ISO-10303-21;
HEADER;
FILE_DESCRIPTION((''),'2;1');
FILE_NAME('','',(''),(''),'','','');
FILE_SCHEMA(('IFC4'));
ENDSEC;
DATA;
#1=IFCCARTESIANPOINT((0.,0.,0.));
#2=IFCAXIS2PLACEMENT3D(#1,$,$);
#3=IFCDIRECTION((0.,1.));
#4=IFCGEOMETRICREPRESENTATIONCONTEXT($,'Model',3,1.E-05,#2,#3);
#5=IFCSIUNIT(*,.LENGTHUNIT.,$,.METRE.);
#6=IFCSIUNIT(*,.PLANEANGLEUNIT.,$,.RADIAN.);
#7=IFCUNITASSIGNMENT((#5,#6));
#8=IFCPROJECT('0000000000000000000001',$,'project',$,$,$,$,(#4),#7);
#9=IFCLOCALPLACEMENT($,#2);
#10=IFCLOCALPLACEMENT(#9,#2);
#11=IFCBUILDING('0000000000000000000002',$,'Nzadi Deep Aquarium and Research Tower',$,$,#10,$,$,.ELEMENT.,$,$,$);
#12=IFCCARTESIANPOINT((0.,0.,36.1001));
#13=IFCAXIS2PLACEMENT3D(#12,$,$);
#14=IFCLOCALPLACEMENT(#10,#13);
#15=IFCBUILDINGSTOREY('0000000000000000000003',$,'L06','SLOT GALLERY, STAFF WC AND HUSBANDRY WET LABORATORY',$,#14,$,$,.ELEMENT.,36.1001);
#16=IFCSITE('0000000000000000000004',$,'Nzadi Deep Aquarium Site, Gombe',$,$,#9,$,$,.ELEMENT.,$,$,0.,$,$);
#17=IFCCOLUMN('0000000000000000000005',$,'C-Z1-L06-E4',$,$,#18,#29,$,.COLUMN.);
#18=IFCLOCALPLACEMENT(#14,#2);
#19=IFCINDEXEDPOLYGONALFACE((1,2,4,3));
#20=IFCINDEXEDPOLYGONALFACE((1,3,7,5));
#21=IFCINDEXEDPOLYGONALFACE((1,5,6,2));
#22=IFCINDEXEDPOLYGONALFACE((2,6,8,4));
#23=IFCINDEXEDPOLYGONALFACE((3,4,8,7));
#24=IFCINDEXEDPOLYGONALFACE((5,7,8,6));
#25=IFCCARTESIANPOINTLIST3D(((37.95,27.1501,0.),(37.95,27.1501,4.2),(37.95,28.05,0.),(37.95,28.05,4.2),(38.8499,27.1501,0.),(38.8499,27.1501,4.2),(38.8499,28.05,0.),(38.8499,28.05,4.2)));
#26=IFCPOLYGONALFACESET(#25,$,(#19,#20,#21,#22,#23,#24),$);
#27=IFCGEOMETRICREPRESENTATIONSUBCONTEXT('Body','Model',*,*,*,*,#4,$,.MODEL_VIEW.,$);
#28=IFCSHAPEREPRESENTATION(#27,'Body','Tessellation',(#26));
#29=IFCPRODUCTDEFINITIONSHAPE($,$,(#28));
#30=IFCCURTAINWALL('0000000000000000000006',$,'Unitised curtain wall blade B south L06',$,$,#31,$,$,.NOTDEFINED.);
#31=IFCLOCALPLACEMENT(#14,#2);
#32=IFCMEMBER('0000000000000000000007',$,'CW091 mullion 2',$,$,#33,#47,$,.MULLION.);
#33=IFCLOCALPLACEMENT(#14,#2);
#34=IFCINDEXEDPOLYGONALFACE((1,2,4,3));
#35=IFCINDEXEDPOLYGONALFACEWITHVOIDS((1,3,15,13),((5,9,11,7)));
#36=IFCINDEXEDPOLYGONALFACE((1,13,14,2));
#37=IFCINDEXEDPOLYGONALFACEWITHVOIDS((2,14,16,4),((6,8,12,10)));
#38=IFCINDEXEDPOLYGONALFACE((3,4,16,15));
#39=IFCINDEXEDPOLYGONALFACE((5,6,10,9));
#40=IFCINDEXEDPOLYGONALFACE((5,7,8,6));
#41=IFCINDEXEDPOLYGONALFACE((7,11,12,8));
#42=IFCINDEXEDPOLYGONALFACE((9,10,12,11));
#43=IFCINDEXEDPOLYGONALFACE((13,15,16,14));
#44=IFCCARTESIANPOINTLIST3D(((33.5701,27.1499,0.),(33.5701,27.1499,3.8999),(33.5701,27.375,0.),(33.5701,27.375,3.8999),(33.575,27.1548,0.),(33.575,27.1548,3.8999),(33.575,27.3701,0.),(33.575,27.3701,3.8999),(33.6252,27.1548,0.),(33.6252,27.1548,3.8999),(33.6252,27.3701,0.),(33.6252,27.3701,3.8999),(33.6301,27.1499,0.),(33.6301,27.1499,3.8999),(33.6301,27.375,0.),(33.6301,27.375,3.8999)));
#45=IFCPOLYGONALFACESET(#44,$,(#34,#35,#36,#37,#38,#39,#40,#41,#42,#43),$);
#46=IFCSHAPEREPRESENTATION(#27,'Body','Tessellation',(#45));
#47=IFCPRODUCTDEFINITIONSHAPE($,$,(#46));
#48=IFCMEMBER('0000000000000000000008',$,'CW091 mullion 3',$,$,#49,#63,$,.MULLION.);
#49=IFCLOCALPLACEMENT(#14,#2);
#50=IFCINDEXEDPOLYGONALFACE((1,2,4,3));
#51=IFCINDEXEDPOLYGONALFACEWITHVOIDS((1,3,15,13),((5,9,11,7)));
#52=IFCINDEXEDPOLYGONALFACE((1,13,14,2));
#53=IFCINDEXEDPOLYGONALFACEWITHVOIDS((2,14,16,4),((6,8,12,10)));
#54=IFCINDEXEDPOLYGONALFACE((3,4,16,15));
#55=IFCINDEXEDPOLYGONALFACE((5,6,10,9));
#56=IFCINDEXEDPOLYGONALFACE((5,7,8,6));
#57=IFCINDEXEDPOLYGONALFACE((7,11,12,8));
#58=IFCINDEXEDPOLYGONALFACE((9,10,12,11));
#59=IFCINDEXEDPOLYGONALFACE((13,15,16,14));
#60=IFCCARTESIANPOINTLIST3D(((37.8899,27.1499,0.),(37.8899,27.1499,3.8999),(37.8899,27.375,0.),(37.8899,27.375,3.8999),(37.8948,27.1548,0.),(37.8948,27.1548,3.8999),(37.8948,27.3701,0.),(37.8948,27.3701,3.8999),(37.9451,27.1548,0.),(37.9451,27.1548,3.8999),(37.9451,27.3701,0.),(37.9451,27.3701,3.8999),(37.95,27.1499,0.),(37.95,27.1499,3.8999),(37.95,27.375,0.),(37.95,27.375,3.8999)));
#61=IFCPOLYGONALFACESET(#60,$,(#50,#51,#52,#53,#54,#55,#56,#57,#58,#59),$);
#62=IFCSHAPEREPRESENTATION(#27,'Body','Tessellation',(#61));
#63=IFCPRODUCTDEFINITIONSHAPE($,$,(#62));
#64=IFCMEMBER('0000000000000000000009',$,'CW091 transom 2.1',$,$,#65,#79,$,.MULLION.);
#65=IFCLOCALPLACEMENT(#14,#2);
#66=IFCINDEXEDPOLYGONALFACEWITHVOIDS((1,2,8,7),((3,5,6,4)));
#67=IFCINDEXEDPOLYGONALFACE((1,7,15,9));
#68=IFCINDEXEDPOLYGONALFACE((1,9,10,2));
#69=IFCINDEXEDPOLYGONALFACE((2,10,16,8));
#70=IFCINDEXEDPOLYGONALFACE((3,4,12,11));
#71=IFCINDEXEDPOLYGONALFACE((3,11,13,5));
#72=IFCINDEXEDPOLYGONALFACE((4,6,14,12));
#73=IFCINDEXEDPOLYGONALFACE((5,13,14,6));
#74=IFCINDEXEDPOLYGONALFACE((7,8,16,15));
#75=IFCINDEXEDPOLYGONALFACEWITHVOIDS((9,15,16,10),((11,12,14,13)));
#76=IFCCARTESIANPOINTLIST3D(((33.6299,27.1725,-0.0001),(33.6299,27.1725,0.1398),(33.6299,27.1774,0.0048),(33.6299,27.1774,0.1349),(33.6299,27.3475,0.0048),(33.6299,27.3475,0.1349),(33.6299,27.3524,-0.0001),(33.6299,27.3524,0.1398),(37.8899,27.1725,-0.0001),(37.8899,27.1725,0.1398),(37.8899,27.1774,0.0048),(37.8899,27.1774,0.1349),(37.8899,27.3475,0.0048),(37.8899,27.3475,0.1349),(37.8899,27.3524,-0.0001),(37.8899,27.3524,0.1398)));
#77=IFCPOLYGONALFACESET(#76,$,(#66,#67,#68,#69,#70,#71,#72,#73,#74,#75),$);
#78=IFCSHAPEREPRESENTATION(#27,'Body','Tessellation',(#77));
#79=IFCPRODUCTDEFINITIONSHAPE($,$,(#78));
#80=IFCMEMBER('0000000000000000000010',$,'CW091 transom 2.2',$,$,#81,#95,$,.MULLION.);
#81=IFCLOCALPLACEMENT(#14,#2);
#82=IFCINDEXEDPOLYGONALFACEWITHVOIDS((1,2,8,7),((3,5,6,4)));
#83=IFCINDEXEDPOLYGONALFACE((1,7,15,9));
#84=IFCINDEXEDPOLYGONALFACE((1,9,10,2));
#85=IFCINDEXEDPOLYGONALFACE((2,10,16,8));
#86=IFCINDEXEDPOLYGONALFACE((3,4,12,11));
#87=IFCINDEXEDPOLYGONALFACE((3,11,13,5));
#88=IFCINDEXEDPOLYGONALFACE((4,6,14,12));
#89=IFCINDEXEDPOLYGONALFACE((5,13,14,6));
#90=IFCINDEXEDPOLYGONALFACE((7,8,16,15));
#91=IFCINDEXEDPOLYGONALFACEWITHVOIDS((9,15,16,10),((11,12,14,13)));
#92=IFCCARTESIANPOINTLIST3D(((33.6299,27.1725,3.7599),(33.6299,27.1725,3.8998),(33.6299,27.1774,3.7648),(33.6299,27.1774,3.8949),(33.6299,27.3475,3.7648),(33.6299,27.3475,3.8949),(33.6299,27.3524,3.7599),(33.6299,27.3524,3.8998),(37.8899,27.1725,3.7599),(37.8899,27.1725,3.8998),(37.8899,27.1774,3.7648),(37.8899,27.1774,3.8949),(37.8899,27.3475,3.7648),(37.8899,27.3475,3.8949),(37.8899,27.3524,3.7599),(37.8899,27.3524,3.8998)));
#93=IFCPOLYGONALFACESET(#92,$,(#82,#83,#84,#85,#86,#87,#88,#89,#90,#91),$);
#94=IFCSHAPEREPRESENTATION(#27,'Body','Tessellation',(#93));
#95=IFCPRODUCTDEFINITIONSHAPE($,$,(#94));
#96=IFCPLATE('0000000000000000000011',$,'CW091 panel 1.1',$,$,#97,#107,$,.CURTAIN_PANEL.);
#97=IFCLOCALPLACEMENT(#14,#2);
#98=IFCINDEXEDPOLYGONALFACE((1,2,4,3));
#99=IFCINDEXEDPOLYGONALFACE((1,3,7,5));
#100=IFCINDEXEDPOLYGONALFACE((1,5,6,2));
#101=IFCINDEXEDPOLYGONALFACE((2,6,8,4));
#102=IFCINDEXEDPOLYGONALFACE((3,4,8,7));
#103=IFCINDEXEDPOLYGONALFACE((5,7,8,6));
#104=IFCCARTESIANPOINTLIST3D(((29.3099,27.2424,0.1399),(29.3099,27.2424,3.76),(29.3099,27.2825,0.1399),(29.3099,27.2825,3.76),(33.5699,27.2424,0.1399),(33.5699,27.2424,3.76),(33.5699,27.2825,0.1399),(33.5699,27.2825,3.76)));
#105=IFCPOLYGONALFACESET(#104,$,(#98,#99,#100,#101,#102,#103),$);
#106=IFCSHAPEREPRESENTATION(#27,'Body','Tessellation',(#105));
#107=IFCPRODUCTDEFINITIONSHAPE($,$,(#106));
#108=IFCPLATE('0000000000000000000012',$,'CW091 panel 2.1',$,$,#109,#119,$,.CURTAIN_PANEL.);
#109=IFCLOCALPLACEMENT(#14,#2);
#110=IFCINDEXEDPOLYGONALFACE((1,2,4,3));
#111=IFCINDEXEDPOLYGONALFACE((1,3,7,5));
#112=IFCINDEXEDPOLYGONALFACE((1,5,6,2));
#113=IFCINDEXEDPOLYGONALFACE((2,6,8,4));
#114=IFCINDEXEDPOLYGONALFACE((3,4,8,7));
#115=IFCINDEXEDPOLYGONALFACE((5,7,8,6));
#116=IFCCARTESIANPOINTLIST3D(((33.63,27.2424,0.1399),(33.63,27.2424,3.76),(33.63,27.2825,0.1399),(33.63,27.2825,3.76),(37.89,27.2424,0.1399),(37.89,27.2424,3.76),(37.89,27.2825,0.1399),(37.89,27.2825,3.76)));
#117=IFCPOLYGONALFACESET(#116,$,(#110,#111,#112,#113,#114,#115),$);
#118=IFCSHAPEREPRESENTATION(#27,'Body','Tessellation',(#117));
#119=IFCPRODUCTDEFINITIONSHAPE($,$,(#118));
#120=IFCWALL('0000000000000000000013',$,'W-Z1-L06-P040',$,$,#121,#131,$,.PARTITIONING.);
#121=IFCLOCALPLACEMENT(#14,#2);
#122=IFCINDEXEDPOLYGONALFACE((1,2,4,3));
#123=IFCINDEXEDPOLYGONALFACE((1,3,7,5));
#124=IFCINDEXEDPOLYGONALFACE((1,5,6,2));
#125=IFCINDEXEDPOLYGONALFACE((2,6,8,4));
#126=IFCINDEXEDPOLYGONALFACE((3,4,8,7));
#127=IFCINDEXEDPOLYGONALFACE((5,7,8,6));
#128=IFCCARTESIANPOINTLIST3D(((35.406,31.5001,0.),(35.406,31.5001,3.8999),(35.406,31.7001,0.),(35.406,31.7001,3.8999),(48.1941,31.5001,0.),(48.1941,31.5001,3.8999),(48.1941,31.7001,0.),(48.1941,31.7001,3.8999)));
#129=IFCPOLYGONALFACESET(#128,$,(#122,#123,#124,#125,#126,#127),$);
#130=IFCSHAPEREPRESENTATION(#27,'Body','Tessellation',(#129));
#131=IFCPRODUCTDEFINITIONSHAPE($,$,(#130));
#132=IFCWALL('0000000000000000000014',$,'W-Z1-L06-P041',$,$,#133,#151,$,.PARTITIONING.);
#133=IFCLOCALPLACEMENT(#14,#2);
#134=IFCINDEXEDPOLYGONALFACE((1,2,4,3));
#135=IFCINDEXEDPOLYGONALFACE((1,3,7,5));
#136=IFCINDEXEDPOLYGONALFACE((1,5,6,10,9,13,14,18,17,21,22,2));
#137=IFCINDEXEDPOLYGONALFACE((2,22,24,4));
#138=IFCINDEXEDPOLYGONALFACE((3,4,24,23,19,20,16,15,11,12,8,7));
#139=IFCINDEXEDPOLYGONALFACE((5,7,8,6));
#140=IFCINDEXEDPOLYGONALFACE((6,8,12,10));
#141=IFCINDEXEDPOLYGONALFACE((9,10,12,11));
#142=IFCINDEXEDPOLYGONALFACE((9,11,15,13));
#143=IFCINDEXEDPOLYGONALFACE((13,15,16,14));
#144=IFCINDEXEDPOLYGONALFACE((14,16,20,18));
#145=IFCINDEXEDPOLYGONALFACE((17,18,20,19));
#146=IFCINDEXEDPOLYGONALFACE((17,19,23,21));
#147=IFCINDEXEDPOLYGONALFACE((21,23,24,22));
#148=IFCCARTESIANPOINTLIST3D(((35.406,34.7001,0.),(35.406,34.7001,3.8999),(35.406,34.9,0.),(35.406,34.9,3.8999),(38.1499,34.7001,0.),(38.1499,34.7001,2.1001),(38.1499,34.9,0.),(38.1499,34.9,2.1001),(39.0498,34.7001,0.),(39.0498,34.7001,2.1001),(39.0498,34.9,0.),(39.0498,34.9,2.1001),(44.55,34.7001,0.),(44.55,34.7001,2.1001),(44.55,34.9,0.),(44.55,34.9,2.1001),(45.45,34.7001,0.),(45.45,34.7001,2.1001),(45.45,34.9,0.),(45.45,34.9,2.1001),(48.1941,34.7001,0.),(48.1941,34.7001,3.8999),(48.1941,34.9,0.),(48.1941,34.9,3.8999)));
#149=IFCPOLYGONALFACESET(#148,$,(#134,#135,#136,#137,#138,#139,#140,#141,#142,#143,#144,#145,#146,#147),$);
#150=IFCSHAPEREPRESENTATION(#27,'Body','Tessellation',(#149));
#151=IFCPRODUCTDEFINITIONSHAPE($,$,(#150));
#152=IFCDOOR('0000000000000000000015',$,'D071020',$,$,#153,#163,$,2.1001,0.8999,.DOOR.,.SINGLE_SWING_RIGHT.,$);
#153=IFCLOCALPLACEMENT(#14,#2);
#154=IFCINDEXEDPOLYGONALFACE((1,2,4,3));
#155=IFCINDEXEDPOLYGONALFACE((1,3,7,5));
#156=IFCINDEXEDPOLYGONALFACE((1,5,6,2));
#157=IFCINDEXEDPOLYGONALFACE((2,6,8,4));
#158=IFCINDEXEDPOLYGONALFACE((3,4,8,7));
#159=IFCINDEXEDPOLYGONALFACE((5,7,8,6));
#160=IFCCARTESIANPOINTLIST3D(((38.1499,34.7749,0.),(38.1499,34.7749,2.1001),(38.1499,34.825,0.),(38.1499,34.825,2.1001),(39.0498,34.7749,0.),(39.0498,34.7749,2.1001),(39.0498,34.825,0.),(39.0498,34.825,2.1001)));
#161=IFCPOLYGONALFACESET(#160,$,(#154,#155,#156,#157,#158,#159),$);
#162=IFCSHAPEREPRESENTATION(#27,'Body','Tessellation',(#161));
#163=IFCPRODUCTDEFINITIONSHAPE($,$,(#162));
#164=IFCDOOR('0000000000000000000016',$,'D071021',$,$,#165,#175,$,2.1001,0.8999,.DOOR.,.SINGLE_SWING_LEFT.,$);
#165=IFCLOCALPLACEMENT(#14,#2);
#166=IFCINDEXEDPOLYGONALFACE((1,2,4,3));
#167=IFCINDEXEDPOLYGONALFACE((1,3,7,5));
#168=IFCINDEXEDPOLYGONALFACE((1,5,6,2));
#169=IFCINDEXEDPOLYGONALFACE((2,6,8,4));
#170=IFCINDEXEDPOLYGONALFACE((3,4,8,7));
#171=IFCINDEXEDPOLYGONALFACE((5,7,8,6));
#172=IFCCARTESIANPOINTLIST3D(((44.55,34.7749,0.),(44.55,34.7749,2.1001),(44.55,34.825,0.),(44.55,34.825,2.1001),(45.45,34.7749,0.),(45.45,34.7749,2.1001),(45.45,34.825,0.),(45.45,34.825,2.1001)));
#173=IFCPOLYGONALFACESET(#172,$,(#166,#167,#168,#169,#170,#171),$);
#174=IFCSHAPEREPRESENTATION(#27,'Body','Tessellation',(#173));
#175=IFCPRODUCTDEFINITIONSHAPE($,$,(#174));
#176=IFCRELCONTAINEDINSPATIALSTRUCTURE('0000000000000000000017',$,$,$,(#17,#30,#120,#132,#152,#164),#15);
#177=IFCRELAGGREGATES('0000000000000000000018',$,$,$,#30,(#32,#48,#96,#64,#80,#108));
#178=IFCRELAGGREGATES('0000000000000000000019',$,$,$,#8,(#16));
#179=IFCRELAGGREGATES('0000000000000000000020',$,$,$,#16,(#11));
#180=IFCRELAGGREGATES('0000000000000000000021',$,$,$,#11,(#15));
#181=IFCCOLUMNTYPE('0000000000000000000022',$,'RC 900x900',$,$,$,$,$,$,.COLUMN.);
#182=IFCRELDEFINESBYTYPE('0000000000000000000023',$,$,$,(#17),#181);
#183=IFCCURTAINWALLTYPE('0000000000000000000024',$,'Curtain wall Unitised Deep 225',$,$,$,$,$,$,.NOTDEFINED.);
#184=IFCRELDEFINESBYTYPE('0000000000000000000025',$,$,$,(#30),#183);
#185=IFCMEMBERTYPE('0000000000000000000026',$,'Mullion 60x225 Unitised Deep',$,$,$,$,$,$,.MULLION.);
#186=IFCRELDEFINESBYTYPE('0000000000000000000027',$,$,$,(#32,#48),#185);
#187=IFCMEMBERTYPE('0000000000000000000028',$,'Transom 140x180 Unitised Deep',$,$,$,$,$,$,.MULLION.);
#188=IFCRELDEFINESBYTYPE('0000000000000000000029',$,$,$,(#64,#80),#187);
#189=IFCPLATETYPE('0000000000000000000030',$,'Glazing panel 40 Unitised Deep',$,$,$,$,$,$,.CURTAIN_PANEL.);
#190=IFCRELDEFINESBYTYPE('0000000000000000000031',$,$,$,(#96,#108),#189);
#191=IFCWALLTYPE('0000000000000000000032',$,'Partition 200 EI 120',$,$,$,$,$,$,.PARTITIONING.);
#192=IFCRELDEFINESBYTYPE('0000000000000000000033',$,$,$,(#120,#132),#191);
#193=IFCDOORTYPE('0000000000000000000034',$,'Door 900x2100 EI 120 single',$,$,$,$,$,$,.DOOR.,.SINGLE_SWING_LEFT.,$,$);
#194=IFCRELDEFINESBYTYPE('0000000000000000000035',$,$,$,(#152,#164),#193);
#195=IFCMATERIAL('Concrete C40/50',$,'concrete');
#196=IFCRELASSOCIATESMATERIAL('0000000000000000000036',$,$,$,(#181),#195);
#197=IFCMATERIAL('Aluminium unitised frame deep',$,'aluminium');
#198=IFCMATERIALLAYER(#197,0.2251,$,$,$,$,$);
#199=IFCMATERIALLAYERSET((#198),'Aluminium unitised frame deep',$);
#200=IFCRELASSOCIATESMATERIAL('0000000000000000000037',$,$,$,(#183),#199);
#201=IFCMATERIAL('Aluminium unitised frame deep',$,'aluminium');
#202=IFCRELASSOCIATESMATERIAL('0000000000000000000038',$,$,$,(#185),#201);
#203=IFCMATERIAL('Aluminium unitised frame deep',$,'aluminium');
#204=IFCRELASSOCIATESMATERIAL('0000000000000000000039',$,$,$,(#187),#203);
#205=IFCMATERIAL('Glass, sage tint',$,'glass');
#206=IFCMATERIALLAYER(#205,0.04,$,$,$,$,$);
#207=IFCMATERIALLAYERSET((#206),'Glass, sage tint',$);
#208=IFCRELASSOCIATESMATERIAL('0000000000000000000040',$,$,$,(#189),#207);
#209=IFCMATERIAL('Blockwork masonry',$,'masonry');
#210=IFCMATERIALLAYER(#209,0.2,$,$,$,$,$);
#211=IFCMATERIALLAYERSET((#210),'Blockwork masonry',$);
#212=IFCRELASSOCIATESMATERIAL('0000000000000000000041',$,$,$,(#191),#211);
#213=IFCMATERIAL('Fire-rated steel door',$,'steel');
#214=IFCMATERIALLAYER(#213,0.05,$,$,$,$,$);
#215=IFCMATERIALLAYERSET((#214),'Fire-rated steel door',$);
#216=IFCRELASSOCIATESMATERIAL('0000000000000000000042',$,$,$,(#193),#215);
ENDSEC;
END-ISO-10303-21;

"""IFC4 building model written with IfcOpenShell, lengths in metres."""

from ifc_helpers import new_model, si_unit, direction, frame, frame_2d, origin, origin_2d, place, context, subcontext, project, spatial, rectangle, hollow_rectangle, extrude, material, layer, layer_set, material_profile, profile_set, type_object, element, fill, aggregate, save


model = new_model("IFC4")

# Units and contexts
model_context = context("Model", 3, precision=1e-05, world=origin(), true_north=direction((0.0, 1.0)))
body_context = subcontext(model_context, "Body", "Model", "MODEL_VIEW")
ifc_project = project(units=[si_unit("LENGTHUNIT", "METRE"), si_unit("PLANEANGLEUNIT", "RADIAN")], contexts=[model_context])

# Site, building, storey
site_placement = place(None, origin())
site = spatial("IfcSite", under=ifc_project, at=site_placement, Name="Nzadi Deep Aquarium Site, Gombe", CompositionType="ELEMENT", RefElevation=0.0)
building_placement = place(site_placement, origin())
building = spatial("IfcBuilding", under=site, at=building_placement, Name="Nzadi Deep Aquarium and Research Tower", CompositionType="ELEMENT")
storey_placement = place(building_placement, frame((0.0, 0.0, 36.1001)))
storey = spatial("IfcBuildingStorey", under=building, at=storey_placement, Name="L06", Description="SLOT GALLERY, STAFF WC AND HUSBANDRY WET LABORATORY", CompositionType="ELEMENT", Elevation=36.1001)

# Column
ifc_material_1 = material(Name="Concrete C40/50", Category="concrete")
ifc_material_profile_1 = material_profile(ifc_material_1, rectangle(XDim=0.8999, YDim=0.8999, at=origin_2d()))
ifc_profile_set_1 = profile_set([ifc_material_profile_1], Name="Concrete C40/50")
column_type = type_object("IfcColumnType", Name="RC 900x900", PredefinedType="COLUMN", material=ifc_profile_set_1)
column_placement = place(storey_placement, frame((38.3999, 27.6001, 0.0), z_axis=(0.0, 0.0, 1.0), x_axis=(1.0, 0.0, 0.0)))
element("IfcColumn", 1, at=column_placement, inside=storey, type_object=column_type, Name="C-Z1-L06-E4", PredefinedType="COLUMN", context=body_context, shape_type="SweptSolid", body=[
    extrude(rectangle(XDim=0.8999, YDim=0.8999, at=origin_2d()), origin(), (0.0, 0.0, 1.0), 4.2),
])

# Curtain wall, members, plates
ifc_material_2 = material(Name="Aluminium unitised frame deep", Category="aluminium")
ifc_layer_1 = layer(ifc_material_2, 0.2251)
ifc_layer_set_1 = layer_set([ifc_layer_1], Name="Aluminium unitised frame deep")
curtain_wall_type = type_object("IfcCurtainWallType", Name="Curtain wall Unitised Deep 225", PredefinedType="NOTDEFINED", material=ifc_layer_set_1)
curtain_wall_placement = place(storey_placement, origin())
curtain_wall = element("IfcCurtainWall", 2, at=curtain_wall_placement, inside=storey, type_object=curtain_wall_type, Name="Unitised curtain wall blade B south L06", PredefinedType="NOTDEFINED")
ifc_material_3 = material(Name="Aluminium unitised frame deep", Category="aluminium")
ifc_material_profile_2 = material_profile(ifc_material_3, hollow_rectangle(XDim=0.2251, YDim=0.0601, WallThickness=0.0049, at=origin_2d()))
ifc_profile_set_2 = profile_set([ifc_material_profile_2], Name="Aluminium unitised frame deep")
member_type_1 = type_object("IfcMemberType", Name="Mullion 60x225 Unitised Deep", PredefinedType="MULLION", material=ifc_profile_set_2)
member_1_placement = place(storey_placement, frame((33.6001, 27.2625, 0.0), z_axis=(0.0, 0.0, 1.0), x_axis=(0.0, 1.0, 0.0)))
member_1 = element("IfcMember", 3, at=member_1_placement, type_object=member_type_1, Name="CW091 mullion 2", PredefinedType="MULLION", context=body_context, shape_type="SweptSolid", body=[
    extrude(hollow_rectangle(XDim=0.2251, YDim=0.0601, WallThickness=0.0049, at=origin_2d()), origin(), (0.0, 0.0, 1.0), 3.8999),
])
member_2_placement = place(storey_placement, frame((37.9199, 27.2625, 0.0), z_axis=(0.0, 0.0, 1.0), x_axis=(0.0, 1.0, 0.0)))
member_2 = element("IfcMember", 4, at=member_2_placement, type_object=member_type_1, Name="CW091 mullion 3", PredefinedType="MULLION", context=body_context, shape_type="SweptSolid", body=[
    extrude(hollow_rectangle(XDim=0.2251, YDim=0.0601, WallThickness=0.0049, at=origin_2d()), origin(), (0.0, 0.0, 1.0), 3.8999),
])
ifc_material_4 = material(Name="Aluminium unitised frame deep", Category="aluminium")
ifc_material_profile_3 = material_profile(ifc_material_4, hollow_rectangle(XDim=0.1799, YDim=0.1399, WallThickness=0.0049, at=origin_2d()))
ifc_profile_set_3 = profile_set([ifc_material_profile_3], Name="Aluminium unitised frame deep")
member_type_2 = type_object("IfcMemberType", Name="Transom 140x180 Unitised Deep", PredefinedType="MULLION", material=ifc_profile_set_3)
member_3_placement = place(storey_placement, frame((33.6299, 27.2625, 0.0698), z_axis=(1.0, 0.0, 0.0), x_axis=(0.0, 1.0, 0.0)))
member_3 = element("IfcMember", 5, at=member_3_placement, type_object=member_type_2, Name="CW091 transom 2.1", PredefinedType="MULLION", context=body_context, shape_type="SweptSolid", body=[
    extrude(hollow_rectangle(XDim=0.1799, YDim=0.1399, WallThickness=0.0049, at=origin_2d()), origin(), (0.0, 0.0, 1.0), 4.26),
])
member_4_placement = place(storey_placement, frame((33.6299, 27.2625, 3.8298), z_axis=(1.0, 0.0, 0.0), x_axis=(0.0, 1.0, 0.0)))
member_4 = element("IfcMember", 6, at=member_4_placement, type_object=member_type_2, Name="CW091 transom 2.2", PredefinedType="MULLION", context=body_context, shape_type="SweptSolid", body=[
    extrude(hollow_rectangle(XDim=0.1799, YDim=0.1399, WallThickness=0.0049, at=origin_2d()), origin(), (0.0, 0.0, 1.0), 4.26),
])
ifc_material_5 = material(Name="Glass, sage tint", Category="glass")
ifc_layer_2 = layer(ifc_material_5, 0.04)
ifc_layer_set_2 = layer_set([ifc_layer_2], Name="Glass, sage tint")
plate_type = type_object("IfcPlateType", Name="Glazing panel 40 Unitised Deep", PredefinedType="CURTAIN_PANEL", material=ifc_layer_set_2)
plate_1_placement = place(storey_placement, frame((31.4399, 27.2625, 0.1399), z_axis=(0.0, 0.0, 1.0), x_axis=(1.0, 0.0, 0.0)))
plate_1 = element("IfcPlate", 7, at=plate_1_placement, type_object=plate_type, Name="CW091 panel 1.1", PredefinedType="CURTAIN_PANEL", context=body_context, shape_type="SweptSolid", body=[
    extrude(rectangle(XDim=4.26, YDim=0.04, at=origin_2d()), origin(), (0.0, 0.0, 1.0), 3.6201),
])
plate_2_placement = place(storey_placement, frame((35.76, 27.2625, 0.1399), z_axis=(0.0, 0.0, 1.0), x_axis=(1.0, 0.0, 0.0)))
plate_2 = element("IfcPlate", 8, at=plate_2_placement, type_object=plate_type, Name="CW091 panel 2.1", PredefinedType="CURTAIN_PANEL", context=body_context, shape_type="SweptSolid", body=[
    extrude(rectangle(XDim=4.26, YDim=0.04, at=origin_2d()), origin(), (0.0, 0.0, 1.0), 3.6201),
])
aggregate(curtain_wall, [member_1, member_2, plate_1, member_3, member_4, plate_2])

# Wall
ifc_material_6 = material(Name="Blockwork masonry", Category="masonry")
ifc_layer_3 = layer(ifc_material_6, 0.2)
ifc_layer_set_3 = layer_set([ifc_layer_3], Name="Blockwork masonry")
wall_type_1 = type_object("IfcWallType", Name="Partition 200 EI 120", PredefinedType="PARTITIONING", material=ifc_layer_set_3)
wall_1_placement = place(storey_placement, frame((35.406, 31.6001, 0.0), z_axis=(0.0, 0.0, 1.0), x_axis=(1.0, 0.0, 0.0)))
element("IfcWall", 9, at=wall_1_placement, inside=storey, type_object=wall_type_1, Name="W-Z1-L06-P040", PredefinedType="PARTITIONING", context=body_context, shape_type="SweptSolid", body=[
    extrude(rectangle(XDim=12.7881, YDim=0.2, at=frame_2d((6.394, 0.0))), origin(), (0.0, 0.0, 1.0), 3.8999),
])

# Wall, openings, doors
wall_2_placement = place(storey_placement, frame((35.406, 34.8, 0.0), z_axis=(0.0, 0.0, 1.0), x_axis=(1.0, 0.0, 0.0)))
wall_2 = element("IfcWall", 10, at=wall_2_placement, inside=storey, type_object=wall_type_1, Name="W-Z1-L06-P041", PredefinedType="PARTITIONING", context=body_context, shape_type="SweptSolid", body=[
    extrude(rectangle(XDim=12.7881, YDim=0.2, at=frame_2d((6.394, 0.0))), origin(), (0.0, 0.0, 1.0), 3.8999),
])
opening_1_placement = place(wall_2_placement, frame((2.7439, 0.0, 0.0)))
opening_1 = element("IfcOpeningElement", 11, at=opening_1_placement, cuts=wall_2, PredefinedType="OPENING", context=body_context, shape_type="SweptSolid", body=[
    extrude(rectangle(XDim=0.8999, YDim=2.1001, at=frame_2d((0.45, 1.05))), frame((0.0, 0.1101, 0.0), z_axis=(0.0, -1.0, 0.0), x_axis=(1.0, 0.0, 0.0)), (0.0, 0.0, 1.0), 0.2202),
])
opening_2_placement = place(wall_2_placement, frame((9.144, 0.0, 0.0)))
opening_2 = element("IfcOpeningElement", 12, at=opening_2_placement, cuts=wall_2, PredefinedType="OPENING", context=body_context, shape_type="SweptSolid", body=[
    extrude(rectangle(XDim=0.8999, YDim=2.1001, at=frame_2d((0.45, 1.05))), frame((0.0, 0.1101, 0.0), z_axis=(0.0, -1.0, 0.0), x_axis=(1.0, 0.0, 0.0)), (0.0, 0.0, 1.0), 0.2202),
])
ifc_material_7 = material(Name="Fire-rated steel door", Category="steel")
ifc_layer_4 = layer(ifc_material_7, 0.05)
ifc_layer_set_4 = layer_set([ifc_layer_4], Name="Fire-rated steel door")
door_type_1 = type_object("IfcDoorType", Name="Door 900x2100 EI 120 single", OperationType="SINGLE_SWING_LEFT", PredefinedType="DOOR", material=ifc_layer_set_4)
door_1_placement = place(opening_1_placement, origin())
door_1 = element("IfcDoor", 13, at=door_1_placement, inside=storey, type_object=door_type_1, Name="D071020", OperationType="SINGLE_SWING_RIGHT", OverallHeight=2.1001, OverallWidth=0.8999, PredefinedType="DOOR", context=body_context, shape_type="SweptSolid", body=[
    extrude(rectangle(XDim=0.8999, YDim=2.1001, at=frame_2d((0.45, 1.05))), frame((0.0, 0.0249, 0.0), z_axis=(0.0, -1.0, 0.0), x_axis=(1.0, 0.0, 0.0)), (0.0, 0.0, 1.0), 0.05),
])
fill(opening_1, door_1)
door_2_placement = place(opening_2_placement, origin())
door_2 = element("IfcDoor", 14, at=door_2_placement, inside=storey, type_object=door_type_1, Name="D071021", OperationType="SINGLE_SWING_LEFT", OverallHeight=2.1001, OverallWidth=0.8999, PredefinedType="DOOR", context=body_context, shape_type="SweptSolid", body=[
    extrude(rectangle(XDim=0.8999, YDim=2.1001, at=frame_2d((0.45, 1.05))), frame((0.0, 0.0249, 0.0), z_axis=(0.0, -1.0, 0.0), x_axis=(1.0, 0.0, 0.0)), (0.0, 0.0, 1.0), 0.05),
])
fill(opening_2, door_2)

save(model, "model.ifc")
